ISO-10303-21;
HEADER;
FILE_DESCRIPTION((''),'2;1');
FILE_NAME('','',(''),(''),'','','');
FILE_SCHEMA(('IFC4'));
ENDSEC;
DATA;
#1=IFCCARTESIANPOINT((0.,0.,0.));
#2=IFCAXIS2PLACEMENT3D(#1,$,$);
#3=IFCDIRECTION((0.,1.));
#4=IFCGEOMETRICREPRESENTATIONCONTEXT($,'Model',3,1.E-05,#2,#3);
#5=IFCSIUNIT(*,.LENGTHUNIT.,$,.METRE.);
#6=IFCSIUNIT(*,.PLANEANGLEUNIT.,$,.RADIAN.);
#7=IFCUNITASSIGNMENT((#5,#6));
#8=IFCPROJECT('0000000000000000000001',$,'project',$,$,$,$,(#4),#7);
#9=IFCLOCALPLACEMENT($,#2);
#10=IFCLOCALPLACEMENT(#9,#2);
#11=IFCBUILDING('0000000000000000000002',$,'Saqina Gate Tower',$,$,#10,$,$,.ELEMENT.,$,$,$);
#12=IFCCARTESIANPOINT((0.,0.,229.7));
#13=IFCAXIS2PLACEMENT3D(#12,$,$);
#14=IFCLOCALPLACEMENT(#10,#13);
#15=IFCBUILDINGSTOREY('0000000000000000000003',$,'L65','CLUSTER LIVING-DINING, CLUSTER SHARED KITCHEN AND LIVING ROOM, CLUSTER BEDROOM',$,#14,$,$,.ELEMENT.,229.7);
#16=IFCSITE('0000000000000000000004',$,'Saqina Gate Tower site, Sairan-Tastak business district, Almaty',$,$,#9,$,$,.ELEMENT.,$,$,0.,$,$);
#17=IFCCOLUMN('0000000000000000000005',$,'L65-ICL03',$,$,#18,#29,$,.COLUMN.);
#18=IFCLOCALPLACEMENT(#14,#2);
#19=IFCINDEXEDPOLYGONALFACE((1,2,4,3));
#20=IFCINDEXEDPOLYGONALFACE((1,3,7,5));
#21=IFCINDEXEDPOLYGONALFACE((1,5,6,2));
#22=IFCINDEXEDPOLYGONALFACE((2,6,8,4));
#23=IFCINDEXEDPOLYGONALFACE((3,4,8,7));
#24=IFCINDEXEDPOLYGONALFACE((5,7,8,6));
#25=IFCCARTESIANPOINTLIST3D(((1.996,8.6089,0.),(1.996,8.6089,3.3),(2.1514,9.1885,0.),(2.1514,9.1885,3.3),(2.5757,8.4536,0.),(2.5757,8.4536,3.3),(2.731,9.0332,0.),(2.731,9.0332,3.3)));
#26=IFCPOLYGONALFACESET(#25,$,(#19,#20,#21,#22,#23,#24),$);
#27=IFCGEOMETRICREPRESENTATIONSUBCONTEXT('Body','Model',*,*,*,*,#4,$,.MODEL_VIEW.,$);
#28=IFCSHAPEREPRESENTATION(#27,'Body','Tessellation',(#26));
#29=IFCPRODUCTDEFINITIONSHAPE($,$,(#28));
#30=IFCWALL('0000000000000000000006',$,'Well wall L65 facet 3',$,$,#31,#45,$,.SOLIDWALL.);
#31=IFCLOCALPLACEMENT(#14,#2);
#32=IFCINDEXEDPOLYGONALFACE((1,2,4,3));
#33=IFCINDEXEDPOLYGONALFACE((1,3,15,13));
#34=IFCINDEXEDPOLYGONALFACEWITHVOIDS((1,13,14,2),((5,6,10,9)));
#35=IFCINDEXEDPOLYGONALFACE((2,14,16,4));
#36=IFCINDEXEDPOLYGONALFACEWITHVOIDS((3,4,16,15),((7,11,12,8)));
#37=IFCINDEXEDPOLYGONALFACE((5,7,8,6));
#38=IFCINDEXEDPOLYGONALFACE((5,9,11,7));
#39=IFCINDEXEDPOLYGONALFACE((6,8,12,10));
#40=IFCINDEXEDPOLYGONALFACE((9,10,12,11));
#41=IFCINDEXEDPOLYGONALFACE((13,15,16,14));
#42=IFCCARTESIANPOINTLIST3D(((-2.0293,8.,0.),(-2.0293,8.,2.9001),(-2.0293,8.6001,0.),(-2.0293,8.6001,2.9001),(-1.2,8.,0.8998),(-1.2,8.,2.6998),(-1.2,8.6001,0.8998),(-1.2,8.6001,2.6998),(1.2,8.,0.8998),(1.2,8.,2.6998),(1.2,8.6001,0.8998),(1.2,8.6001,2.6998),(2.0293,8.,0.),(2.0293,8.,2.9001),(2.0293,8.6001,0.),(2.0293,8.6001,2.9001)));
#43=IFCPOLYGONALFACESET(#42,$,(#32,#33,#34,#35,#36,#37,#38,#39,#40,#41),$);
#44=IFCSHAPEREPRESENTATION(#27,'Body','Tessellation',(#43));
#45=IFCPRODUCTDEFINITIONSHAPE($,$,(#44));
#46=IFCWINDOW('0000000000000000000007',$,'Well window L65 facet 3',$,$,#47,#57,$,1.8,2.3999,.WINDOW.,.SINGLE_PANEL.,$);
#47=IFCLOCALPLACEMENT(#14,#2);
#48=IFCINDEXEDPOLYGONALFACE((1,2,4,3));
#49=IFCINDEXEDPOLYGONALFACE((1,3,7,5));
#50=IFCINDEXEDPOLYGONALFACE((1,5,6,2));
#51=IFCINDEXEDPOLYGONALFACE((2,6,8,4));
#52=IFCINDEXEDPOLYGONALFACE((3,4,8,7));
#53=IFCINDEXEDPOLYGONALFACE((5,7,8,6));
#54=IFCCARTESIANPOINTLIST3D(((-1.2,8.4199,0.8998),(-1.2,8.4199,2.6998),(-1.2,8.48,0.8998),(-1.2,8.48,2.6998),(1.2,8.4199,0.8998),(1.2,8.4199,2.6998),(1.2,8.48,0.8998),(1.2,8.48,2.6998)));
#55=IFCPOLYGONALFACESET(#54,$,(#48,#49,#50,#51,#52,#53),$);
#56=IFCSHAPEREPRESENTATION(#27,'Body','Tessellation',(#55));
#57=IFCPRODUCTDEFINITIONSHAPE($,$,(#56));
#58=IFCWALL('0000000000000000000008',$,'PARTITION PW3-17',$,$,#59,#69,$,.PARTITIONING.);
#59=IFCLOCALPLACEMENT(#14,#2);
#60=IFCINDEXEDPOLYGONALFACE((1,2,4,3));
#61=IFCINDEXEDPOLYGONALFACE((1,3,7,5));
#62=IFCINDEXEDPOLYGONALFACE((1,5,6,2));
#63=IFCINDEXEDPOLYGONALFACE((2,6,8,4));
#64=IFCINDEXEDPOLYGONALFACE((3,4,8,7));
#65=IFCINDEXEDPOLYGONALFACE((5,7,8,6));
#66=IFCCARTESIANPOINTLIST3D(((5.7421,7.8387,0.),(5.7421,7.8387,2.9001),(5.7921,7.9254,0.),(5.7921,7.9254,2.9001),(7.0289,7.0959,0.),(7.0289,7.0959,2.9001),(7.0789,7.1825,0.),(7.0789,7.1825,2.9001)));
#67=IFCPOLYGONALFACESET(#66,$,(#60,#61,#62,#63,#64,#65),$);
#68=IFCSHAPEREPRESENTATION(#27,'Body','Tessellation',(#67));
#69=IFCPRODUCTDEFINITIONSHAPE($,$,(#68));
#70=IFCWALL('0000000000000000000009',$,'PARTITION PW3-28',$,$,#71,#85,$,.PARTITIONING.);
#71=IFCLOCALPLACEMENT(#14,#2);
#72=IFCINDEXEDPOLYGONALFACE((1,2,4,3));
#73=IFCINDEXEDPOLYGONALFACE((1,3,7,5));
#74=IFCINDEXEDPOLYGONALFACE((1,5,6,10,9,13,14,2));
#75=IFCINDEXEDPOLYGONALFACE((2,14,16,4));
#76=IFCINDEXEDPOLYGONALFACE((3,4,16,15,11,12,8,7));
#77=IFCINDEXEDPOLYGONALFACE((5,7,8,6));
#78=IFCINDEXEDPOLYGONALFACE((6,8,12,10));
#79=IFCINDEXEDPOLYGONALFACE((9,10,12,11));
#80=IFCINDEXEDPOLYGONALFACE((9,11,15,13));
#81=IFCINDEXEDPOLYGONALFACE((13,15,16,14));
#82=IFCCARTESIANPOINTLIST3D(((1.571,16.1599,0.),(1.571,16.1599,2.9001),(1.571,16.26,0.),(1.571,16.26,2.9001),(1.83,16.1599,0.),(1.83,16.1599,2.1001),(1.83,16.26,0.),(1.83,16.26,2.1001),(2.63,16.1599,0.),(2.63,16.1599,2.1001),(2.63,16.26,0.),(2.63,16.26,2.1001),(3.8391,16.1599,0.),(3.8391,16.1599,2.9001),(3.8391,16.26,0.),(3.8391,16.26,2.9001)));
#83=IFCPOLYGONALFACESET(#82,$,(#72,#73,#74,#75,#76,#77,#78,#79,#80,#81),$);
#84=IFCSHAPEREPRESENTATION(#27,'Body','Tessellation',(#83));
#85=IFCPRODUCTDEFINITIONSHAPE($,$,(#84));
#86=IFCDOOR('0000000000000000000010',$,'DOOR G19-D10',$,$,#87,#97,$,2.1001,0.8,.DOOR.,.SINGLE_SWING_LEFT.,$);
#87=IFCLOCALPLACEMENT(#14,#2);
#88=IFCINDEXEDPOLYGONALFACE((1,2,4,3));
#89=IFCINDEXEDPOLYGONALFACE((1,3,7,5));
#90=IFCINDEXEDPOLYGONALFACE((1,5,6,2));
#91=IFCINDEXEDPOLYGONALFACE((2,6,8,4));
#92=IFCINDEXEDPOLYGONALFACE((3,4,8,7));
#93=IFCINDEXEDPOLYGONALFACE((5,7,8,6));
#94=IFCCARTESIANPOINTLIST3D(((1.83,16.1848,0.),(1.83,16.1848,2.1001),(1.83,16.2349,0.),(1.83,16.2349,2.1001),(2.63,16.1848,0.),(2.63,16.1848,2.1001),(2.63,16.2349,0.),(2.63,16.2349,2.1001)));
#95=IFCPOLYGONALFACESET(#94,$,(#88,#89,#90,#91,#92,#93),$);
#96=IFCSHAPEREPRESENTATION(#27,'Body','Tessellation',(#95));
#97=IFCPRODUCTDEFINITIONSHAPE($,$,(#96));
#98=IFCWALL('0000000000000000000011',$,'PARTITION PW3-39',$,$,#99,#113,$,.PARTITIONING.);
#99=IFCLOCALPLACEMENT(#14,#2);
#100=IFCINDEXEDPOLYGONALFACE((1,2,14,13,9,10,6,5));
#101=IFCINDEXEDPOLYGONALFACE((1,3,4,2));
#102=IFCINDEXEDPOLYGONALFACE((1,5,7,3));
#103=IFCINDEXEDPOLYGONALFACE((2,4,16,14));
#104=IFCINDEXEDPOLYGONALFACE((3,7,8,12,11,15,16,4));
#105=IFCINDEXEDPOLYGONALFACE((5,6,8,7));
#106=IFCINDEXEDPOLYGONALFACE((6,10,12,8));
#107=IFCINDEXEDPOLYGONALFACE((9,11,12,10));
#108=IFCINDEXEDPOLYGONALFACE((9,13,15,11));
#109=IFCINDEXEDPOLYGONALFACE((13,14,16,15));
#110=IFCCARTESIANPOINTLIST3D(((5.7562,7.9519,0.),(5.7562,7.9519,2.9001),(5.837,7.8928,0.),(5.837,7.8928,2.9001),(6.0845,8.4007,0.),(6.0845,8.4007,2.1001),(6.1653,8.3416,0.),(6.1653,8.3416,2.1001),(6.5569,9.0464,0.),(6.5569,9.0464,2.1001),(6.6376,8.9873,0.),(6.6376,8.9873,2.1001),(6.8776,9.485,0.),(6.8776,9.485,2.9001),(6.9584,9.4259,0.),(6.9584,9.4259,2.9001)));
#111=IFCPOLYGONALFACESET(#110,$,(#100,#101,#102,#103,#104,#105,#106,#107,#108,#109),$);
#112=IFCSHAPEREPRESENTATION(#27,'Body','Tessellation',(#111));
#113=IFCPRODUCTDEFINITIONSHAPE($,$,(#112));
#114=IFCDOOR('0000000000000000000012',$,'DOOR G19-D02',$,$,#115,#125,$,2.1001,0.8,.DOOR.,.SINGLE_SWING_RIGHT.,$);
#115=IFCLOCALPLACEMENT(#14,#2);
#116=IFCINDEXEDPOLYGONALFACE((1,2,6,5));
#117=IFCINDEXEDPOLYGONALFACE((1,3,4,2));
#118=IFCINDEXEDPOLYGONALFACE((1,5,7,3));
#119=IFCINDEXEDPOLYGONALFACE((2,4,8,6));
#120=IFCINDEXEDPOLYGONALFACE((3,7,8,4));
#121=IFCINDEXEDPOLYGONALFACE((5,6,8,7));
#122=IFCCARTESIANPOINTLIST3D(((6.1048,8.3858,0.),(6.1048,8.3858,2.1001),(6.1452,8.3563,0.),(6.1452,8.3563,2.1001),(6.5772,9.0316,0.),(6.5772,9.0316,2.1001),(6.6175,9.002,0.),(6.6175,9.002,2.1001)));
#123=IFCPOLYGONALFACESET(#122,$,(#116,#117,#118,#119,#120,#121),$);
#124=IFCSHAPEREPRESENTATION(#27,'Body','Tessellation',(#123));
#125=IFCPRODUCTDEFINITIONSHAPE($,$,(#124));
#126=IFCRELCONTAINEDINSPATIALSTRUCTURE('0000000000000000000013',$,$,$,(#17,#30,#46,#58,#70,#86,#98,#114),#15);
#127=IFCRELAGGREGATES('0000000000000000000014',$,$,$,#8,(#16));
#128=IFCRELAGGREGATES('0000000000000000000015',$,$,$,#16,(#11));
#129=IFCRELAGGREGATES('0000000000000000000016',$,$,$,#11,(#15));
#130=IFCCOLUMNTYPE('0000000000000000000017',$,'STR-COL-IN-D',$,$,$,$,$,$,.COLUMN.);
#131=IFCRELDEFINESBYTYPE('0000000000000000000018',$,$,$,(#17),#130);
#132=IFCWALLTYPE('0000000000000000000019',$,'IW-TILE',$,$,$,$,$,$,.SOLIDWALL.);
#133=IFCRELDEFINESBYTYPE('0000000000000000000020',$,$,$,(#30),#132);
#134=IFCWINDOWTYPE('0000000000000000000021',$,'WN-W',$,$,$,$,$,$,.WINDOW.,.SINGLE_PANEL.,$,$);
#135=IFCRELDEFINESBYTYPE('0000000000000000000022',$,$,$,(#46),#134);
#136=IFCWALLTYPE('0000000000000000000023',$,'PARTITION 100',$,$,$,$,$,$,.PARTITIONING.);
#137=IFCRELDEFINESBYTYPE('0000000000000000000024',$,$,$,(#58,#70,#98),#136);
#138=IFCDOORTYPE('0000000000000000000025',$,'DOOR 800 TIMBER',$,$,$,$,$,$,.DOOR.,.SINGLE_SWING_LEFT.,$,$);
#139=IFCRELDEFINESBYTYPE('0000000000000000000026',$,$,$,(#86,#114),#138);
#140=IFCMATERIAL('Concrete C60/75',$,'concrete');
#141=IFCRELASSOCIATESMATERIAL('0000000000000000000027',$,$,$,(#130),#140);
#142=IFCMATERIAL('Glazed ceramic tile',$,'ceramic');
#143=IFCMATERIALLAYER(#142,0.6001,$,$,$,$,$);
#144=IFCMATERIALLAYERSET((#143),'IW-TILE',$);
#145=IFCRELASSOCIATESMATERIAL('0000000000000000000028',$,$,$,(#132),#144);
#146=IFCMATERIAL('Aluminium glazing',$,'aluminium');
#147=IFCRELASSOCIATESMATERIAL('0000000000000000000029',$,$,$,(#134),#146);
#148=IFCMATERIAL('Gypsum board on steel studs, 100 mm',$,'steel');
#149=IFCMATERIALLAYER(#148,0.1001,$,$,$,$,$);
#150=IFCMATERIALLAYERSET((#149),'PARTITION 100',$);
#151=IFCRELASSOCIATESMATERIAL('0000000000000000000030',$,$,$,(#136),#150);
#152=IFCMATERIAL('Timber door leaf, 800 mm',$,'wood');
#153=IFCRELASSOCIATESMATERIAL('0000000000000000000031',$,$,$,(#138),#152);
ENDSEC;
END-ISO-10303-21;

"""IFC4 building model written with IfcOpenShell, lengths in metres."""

from ifc_helpers import new_model, si_unit, direction, frame, frame_2d, origin, origin_2d, place, context, subcontext, project, spatial, rectangle, extrude, material, layer, layer_set, material_profile, profile_set, type_object, element, fill, save


model = new_model("IFC4")

# Units and contexts
model_context = context("Model", 3, precision=1e-05, world=origin(), true_north=direction((0.0, 1.0)))
body_context = subcontext(model_context, "Body", "Model", "MODEL_VIEW")
ifc_project = project(units=[si_unit("LENGTHUNIT", "METRE"), si_unit("PLANEANGLEUNIT", "RADIAN")], contexts=[model_context])

# Site, building, storey
site_placement = place(None, origin())
site = spatial("IfcSite", under=ifc_project, at=site_placement, Name="Saqina Gate Tower site, Sairan-Tastak business district, Almaty", CompositionType="ELEMENT", RefElevation=0.0)
building_placement = place(site_placement, origin())
building = spatial("IfcBuilding", under=site, at=building_placement, Name="Saqina Gate Tower", CompositionType="ELEMENT")
storey_placement = place(building_placement, frame((0.0, 0.0, 229.7)))
storey = spatial("IfcBuildingStorey", under=building, at=storey_placement, Name="L65", Description="CLUSTER LIVING-DINING, CLUSTER SHARED KITCHEN AND LIVING ROOM, CLUSTER BEDROOM", CompositionType="ELEMENT", Elevation=229.7)

# Column
ifc_material_1 = material(Name="Concrete C60/75", Category="concrete")
ifc_material_profile = material_profile(ifc_material_1, rectangle(XDim=0.6001, YDim=0.6001, at=origin_2d()), Name="RC 600x600")
ifc_profile_set = profile_set([ifc_material_profile], Name="Concrete C60/75")
column_type = type_object("IfcColumnType", Name="STR-COL-IN-D", PredefinedType="COLUMN", material=ifc_profile_set)
column_placement = place(storey_placement, frame((2.3635, 8.821, 0.0), z_axis=(0.0, 0.0, 1.0), x_axis=(0.258819, 0.965926, 0.0)))
element("IfcColumn", 1, at=column_placement, inside=storey, type_object=column_type, Name="L65-ICL03", PredefinedType="COLUMN", context=body_context, shape_type="SweptSolid", body=[
    extrude(rectangle(XDim=0.6001, YDim=0.6001, at=origin_2d()), origin(), (0.0, 0.0, 1.0), 3.3),
])

# Wall, opening, window
ifc_material_2 = material(Name="Glazed ceramic tile", Category="ceramic")
ifc_layer_1 = layer(ifc_material_2, 0.6001)
ifc_layer_set_1 = layer_set([ifc_layer_1], Name="IW-TILE")
wall_type_1 = type_object("IfcWallType", Name="IW-TILE", PredefinedType="SOLIDWALL", material=ifc_layer_set_1)
wall_1_placement = place(storey_placement, frame((2.0293, 8.3, 0.0), z_axis=(0.0, 0.0, 1.0), x_axis=(-1.0, 0.0, 0.0)))
wall_1 = element("IfcWall", 2, at=wall_1_placement, inside=storey, type_object=wall_type_1, Name="Well wall L65 facet 3", PredefinedType="SOLIDWALL", context=body_context, shape_type="SweptSolid", body=[
    extrude(rectangle(XDim=4.0586, YDim=0.6001, at=frame_2d((2.0293, 0.0))), origin(), (0.0, 0.0, 1.0), 2.9001),
])
opening_1_placement = place(wall_1_placement, frame((0.8293, 0.0, 0.8999)))
opening_1 = element("IfcOpeningElement", 3, at=opening_1_placement, cuts=wall_1, PredefinedType="OPENING", context=body_context, shape_type="SweptSolid", body=[
    extrude(rectangle(XDim=2.3999, YDim=1.8, at=frame_2d((1.2, 0.8999))), frame((0.0, 0.312, 0.0), z_axis=(0.0, -1.0, 0.0), x_axis=(1.0, 0.0, 0.0)), (0.0, 0.0, 1.0), 0.624),
])
ifc_material_3 = material(Name="Aluminium glazing", Category="aluminium")
window_type = type_object("IfcWindowType", Name="WN-W", PartitioningType="SINGLE_PANEL", PredefinedType="WINDOW", material=ifc_material_3)
window_placement = place(opening_1_placement, origin())
window = element("IfcWindow", 4, at=window_placement, inside=storey, type_object=window_type, Name="Well window L65 facet 3", OverallHeight=1.8, OverallWidth=2.3999, PartitioningType="SINGLE_PANEL", PredefinedType="WINDOW", context=body_context, shape_type="SweptSolid", body=[
    extrude(rectangle(XDim=2.3999, YDim=1.8, at=frame_2d((1.2, 0.8999))), frame((0.0, -0.1199, 0.0), z_axis=(0.0, -1.0, 0.0), x_axis=(1.0, 0.0, 0.0)), (0.0, 0.0, 1.0), 0.0601),
])
fill(opening_1, window)

# Wall
ifc_material_4 = material(Name="Gypsum board on steel studs, 100 mm", Category="steel")
ifc_layer_2 = layer(ifc_material_4, 0.1001)
ifc_layer_set_2 = layer_set([ifc_layer_2], Name="PARTITION 100")
wall_type_2 = type_object("IfcWallType", Name="PARTITION 100", PredefinedType="PARTITIONING", material=ifc_layer_set_2)
wall_2_placement = place(storey_placement, frame((5.7671, 7.8821, 0.0), z_axis=(0.0, 0.0, 1.0), x_axis=(0.866041, -0.499974, 0.0)))
element("IfcWall", 5, at=wall_2_placement, inside=storey, type_object=wall_type_2, Name="PARTITION PW3-17", PredefinedType="PARTITIONING", context=body_context, shape_type="SweptSolid", body=[
    extrude(rectangle(XDim=1.4858, YDim=0.1001, at=frame_2d((0.7429, 0.0))), origin(), (0.0, 0.0, 1.0), 2.9001),
])

# Walls, openings, doors
wall_3_placement = place(storey_placement, frame((1.571, 16.21, 0.0), z_axis=(0.0, 0.0, 1.0), x_axis=(1.0, 0.0, 0.0)))
wall_3 = element("IfcWall", 6, at=wall_3_placement, inside=storey, type_object=wall_type_2, Name="PARTITION PW3-28", PredefinedType="PARTITIONING", context=body_context, shape_type="SweptSolid", body=[
    extrude(rectangle(XDim=2.2681, YDim=0.1001, at=frame_2d((1.134, 0.0))), origin(), (0.0, 0.0, 1.0), 2.9001),
])
opening_2_placement = place(wall_3_placement, frame((0.259, 0.0, 0.0)))
opening_2 = element("IfcOpeningElement", 7, at=opening_2_placement, cuts=wall_3, PredefinedType="OPENING", context=body_context, shape_type="SweptSolid", body=[
    extrude(rectangle(XDim=0.8, YDim=2.1001, at=frame_2d((0.3999, 1.05))), frame((0.0, 0.062, 0.0), z_axis=(0.0, -1.0, 0.0), x_axis=(1.0, 0.0, 0.0)), (0.0, 0.0, 1.0), 0.124),
])
ifc_material_5 = material(Name="Timber door leaf, 800 mm", Category="wood")
door_type_1 = type_object("IfcDoorType", Name="DOOR 800 TIMBER", OperationType="SINGLE_SWING_LEFT", PredefinedType="DOOR", material=ifc_material_5)
door_1_placement = place(opening_2_placement, origin())
door_1 = element("IfcDoor", 8, at=door_1_placement, inside=storey, type_object=door_type_1, Name="DOOR G19-D10", OperationType="SINGLE_SWING_LEFT", OverallHeight=2.1001, OverallWidth=0.8, PredefinedType="DOOR", context=body_context, shape_type="SweptSolid", body=[
    extrude(rectangle(XDim=0.8, YDim=2.1001, at=frame_2d((0.3999, 1.05))), frame((0.0, 0.0249, 0.0), z_axis=(0.0, -1.0, 0.0), x_axis=(1.0, 0.0, 0.0)), (0.0, 0.0, 1.0), 0.05),
])
fill(opening_2, door_1)
wall_4_placement = place(storey_placement, frame((5.7966, 7.9224, 0.0), z_axis=(0.0, 0.0, 1.0), x_axis=(0.590394, 0.807115, 0.0)))
wall_4 = element("IfcWall", 9, at=wall_4_placement, inside=storey, type_object=wall_type_2, Name="PARTITION PW3-39", PredefinedType="PARTITIONING", context=body_context, shape_type="SweptSolid", body=[
    extrude(rectangle(XDim=1.8994, YDim=0.1001, at=frame_2d((0.9497, 0.0))), origin(), (0.0, 0.0, 1.0), 2.9001),
])
opening_3_placement = place(wall_4_placement, frame((0.5562, 0.0, 0.0)))
opening_3 = element("IfcOpeningElement", 10, at=opening_3_placement, cuts=wall_4, PredefinedType="OPENING", context=body_context, shape_type="SweptSolid", body=[
    extrude(rectangle(XDim=0.8, YDim=2.1001, at=frame_2d((0.3999, 1.05))), frame((0.0, 0.062, 0.0), z_axis=(0.0, -1.0, 0.0), x_axis=(1.0, 0.0, 0.0)), (0.0, 0.0, 1.0), 0.124),
])
door_2_placement = place(opening_3_placement, origin())
door_2 = element("IfcDoor", 11, at=door_2_placement, inside=storey, type_object=door_type_1, Name="DOOR G19-D02", OperationType="SINGLE_SWING_RIGHT", OverallHeight=2.1001, OverallWidth=0.8, PredefinedType="DOOR", context=body_context, shape_type="SweptSolid", body=[
    extrude(rectangle(XDim=0.8, YDim=2.1001, at=frame_2d((0.3999, 1.05))), frame((0.0, 0.0249, 0.0), z_axis=(0.0, -1.0, 0.0), x_axis=(1.0, 0.0, 0.0)), (0.0, 0.0, 1.0), 0.05),
])
fill(opening_3, door_2)

save(model, "model.ifc")
